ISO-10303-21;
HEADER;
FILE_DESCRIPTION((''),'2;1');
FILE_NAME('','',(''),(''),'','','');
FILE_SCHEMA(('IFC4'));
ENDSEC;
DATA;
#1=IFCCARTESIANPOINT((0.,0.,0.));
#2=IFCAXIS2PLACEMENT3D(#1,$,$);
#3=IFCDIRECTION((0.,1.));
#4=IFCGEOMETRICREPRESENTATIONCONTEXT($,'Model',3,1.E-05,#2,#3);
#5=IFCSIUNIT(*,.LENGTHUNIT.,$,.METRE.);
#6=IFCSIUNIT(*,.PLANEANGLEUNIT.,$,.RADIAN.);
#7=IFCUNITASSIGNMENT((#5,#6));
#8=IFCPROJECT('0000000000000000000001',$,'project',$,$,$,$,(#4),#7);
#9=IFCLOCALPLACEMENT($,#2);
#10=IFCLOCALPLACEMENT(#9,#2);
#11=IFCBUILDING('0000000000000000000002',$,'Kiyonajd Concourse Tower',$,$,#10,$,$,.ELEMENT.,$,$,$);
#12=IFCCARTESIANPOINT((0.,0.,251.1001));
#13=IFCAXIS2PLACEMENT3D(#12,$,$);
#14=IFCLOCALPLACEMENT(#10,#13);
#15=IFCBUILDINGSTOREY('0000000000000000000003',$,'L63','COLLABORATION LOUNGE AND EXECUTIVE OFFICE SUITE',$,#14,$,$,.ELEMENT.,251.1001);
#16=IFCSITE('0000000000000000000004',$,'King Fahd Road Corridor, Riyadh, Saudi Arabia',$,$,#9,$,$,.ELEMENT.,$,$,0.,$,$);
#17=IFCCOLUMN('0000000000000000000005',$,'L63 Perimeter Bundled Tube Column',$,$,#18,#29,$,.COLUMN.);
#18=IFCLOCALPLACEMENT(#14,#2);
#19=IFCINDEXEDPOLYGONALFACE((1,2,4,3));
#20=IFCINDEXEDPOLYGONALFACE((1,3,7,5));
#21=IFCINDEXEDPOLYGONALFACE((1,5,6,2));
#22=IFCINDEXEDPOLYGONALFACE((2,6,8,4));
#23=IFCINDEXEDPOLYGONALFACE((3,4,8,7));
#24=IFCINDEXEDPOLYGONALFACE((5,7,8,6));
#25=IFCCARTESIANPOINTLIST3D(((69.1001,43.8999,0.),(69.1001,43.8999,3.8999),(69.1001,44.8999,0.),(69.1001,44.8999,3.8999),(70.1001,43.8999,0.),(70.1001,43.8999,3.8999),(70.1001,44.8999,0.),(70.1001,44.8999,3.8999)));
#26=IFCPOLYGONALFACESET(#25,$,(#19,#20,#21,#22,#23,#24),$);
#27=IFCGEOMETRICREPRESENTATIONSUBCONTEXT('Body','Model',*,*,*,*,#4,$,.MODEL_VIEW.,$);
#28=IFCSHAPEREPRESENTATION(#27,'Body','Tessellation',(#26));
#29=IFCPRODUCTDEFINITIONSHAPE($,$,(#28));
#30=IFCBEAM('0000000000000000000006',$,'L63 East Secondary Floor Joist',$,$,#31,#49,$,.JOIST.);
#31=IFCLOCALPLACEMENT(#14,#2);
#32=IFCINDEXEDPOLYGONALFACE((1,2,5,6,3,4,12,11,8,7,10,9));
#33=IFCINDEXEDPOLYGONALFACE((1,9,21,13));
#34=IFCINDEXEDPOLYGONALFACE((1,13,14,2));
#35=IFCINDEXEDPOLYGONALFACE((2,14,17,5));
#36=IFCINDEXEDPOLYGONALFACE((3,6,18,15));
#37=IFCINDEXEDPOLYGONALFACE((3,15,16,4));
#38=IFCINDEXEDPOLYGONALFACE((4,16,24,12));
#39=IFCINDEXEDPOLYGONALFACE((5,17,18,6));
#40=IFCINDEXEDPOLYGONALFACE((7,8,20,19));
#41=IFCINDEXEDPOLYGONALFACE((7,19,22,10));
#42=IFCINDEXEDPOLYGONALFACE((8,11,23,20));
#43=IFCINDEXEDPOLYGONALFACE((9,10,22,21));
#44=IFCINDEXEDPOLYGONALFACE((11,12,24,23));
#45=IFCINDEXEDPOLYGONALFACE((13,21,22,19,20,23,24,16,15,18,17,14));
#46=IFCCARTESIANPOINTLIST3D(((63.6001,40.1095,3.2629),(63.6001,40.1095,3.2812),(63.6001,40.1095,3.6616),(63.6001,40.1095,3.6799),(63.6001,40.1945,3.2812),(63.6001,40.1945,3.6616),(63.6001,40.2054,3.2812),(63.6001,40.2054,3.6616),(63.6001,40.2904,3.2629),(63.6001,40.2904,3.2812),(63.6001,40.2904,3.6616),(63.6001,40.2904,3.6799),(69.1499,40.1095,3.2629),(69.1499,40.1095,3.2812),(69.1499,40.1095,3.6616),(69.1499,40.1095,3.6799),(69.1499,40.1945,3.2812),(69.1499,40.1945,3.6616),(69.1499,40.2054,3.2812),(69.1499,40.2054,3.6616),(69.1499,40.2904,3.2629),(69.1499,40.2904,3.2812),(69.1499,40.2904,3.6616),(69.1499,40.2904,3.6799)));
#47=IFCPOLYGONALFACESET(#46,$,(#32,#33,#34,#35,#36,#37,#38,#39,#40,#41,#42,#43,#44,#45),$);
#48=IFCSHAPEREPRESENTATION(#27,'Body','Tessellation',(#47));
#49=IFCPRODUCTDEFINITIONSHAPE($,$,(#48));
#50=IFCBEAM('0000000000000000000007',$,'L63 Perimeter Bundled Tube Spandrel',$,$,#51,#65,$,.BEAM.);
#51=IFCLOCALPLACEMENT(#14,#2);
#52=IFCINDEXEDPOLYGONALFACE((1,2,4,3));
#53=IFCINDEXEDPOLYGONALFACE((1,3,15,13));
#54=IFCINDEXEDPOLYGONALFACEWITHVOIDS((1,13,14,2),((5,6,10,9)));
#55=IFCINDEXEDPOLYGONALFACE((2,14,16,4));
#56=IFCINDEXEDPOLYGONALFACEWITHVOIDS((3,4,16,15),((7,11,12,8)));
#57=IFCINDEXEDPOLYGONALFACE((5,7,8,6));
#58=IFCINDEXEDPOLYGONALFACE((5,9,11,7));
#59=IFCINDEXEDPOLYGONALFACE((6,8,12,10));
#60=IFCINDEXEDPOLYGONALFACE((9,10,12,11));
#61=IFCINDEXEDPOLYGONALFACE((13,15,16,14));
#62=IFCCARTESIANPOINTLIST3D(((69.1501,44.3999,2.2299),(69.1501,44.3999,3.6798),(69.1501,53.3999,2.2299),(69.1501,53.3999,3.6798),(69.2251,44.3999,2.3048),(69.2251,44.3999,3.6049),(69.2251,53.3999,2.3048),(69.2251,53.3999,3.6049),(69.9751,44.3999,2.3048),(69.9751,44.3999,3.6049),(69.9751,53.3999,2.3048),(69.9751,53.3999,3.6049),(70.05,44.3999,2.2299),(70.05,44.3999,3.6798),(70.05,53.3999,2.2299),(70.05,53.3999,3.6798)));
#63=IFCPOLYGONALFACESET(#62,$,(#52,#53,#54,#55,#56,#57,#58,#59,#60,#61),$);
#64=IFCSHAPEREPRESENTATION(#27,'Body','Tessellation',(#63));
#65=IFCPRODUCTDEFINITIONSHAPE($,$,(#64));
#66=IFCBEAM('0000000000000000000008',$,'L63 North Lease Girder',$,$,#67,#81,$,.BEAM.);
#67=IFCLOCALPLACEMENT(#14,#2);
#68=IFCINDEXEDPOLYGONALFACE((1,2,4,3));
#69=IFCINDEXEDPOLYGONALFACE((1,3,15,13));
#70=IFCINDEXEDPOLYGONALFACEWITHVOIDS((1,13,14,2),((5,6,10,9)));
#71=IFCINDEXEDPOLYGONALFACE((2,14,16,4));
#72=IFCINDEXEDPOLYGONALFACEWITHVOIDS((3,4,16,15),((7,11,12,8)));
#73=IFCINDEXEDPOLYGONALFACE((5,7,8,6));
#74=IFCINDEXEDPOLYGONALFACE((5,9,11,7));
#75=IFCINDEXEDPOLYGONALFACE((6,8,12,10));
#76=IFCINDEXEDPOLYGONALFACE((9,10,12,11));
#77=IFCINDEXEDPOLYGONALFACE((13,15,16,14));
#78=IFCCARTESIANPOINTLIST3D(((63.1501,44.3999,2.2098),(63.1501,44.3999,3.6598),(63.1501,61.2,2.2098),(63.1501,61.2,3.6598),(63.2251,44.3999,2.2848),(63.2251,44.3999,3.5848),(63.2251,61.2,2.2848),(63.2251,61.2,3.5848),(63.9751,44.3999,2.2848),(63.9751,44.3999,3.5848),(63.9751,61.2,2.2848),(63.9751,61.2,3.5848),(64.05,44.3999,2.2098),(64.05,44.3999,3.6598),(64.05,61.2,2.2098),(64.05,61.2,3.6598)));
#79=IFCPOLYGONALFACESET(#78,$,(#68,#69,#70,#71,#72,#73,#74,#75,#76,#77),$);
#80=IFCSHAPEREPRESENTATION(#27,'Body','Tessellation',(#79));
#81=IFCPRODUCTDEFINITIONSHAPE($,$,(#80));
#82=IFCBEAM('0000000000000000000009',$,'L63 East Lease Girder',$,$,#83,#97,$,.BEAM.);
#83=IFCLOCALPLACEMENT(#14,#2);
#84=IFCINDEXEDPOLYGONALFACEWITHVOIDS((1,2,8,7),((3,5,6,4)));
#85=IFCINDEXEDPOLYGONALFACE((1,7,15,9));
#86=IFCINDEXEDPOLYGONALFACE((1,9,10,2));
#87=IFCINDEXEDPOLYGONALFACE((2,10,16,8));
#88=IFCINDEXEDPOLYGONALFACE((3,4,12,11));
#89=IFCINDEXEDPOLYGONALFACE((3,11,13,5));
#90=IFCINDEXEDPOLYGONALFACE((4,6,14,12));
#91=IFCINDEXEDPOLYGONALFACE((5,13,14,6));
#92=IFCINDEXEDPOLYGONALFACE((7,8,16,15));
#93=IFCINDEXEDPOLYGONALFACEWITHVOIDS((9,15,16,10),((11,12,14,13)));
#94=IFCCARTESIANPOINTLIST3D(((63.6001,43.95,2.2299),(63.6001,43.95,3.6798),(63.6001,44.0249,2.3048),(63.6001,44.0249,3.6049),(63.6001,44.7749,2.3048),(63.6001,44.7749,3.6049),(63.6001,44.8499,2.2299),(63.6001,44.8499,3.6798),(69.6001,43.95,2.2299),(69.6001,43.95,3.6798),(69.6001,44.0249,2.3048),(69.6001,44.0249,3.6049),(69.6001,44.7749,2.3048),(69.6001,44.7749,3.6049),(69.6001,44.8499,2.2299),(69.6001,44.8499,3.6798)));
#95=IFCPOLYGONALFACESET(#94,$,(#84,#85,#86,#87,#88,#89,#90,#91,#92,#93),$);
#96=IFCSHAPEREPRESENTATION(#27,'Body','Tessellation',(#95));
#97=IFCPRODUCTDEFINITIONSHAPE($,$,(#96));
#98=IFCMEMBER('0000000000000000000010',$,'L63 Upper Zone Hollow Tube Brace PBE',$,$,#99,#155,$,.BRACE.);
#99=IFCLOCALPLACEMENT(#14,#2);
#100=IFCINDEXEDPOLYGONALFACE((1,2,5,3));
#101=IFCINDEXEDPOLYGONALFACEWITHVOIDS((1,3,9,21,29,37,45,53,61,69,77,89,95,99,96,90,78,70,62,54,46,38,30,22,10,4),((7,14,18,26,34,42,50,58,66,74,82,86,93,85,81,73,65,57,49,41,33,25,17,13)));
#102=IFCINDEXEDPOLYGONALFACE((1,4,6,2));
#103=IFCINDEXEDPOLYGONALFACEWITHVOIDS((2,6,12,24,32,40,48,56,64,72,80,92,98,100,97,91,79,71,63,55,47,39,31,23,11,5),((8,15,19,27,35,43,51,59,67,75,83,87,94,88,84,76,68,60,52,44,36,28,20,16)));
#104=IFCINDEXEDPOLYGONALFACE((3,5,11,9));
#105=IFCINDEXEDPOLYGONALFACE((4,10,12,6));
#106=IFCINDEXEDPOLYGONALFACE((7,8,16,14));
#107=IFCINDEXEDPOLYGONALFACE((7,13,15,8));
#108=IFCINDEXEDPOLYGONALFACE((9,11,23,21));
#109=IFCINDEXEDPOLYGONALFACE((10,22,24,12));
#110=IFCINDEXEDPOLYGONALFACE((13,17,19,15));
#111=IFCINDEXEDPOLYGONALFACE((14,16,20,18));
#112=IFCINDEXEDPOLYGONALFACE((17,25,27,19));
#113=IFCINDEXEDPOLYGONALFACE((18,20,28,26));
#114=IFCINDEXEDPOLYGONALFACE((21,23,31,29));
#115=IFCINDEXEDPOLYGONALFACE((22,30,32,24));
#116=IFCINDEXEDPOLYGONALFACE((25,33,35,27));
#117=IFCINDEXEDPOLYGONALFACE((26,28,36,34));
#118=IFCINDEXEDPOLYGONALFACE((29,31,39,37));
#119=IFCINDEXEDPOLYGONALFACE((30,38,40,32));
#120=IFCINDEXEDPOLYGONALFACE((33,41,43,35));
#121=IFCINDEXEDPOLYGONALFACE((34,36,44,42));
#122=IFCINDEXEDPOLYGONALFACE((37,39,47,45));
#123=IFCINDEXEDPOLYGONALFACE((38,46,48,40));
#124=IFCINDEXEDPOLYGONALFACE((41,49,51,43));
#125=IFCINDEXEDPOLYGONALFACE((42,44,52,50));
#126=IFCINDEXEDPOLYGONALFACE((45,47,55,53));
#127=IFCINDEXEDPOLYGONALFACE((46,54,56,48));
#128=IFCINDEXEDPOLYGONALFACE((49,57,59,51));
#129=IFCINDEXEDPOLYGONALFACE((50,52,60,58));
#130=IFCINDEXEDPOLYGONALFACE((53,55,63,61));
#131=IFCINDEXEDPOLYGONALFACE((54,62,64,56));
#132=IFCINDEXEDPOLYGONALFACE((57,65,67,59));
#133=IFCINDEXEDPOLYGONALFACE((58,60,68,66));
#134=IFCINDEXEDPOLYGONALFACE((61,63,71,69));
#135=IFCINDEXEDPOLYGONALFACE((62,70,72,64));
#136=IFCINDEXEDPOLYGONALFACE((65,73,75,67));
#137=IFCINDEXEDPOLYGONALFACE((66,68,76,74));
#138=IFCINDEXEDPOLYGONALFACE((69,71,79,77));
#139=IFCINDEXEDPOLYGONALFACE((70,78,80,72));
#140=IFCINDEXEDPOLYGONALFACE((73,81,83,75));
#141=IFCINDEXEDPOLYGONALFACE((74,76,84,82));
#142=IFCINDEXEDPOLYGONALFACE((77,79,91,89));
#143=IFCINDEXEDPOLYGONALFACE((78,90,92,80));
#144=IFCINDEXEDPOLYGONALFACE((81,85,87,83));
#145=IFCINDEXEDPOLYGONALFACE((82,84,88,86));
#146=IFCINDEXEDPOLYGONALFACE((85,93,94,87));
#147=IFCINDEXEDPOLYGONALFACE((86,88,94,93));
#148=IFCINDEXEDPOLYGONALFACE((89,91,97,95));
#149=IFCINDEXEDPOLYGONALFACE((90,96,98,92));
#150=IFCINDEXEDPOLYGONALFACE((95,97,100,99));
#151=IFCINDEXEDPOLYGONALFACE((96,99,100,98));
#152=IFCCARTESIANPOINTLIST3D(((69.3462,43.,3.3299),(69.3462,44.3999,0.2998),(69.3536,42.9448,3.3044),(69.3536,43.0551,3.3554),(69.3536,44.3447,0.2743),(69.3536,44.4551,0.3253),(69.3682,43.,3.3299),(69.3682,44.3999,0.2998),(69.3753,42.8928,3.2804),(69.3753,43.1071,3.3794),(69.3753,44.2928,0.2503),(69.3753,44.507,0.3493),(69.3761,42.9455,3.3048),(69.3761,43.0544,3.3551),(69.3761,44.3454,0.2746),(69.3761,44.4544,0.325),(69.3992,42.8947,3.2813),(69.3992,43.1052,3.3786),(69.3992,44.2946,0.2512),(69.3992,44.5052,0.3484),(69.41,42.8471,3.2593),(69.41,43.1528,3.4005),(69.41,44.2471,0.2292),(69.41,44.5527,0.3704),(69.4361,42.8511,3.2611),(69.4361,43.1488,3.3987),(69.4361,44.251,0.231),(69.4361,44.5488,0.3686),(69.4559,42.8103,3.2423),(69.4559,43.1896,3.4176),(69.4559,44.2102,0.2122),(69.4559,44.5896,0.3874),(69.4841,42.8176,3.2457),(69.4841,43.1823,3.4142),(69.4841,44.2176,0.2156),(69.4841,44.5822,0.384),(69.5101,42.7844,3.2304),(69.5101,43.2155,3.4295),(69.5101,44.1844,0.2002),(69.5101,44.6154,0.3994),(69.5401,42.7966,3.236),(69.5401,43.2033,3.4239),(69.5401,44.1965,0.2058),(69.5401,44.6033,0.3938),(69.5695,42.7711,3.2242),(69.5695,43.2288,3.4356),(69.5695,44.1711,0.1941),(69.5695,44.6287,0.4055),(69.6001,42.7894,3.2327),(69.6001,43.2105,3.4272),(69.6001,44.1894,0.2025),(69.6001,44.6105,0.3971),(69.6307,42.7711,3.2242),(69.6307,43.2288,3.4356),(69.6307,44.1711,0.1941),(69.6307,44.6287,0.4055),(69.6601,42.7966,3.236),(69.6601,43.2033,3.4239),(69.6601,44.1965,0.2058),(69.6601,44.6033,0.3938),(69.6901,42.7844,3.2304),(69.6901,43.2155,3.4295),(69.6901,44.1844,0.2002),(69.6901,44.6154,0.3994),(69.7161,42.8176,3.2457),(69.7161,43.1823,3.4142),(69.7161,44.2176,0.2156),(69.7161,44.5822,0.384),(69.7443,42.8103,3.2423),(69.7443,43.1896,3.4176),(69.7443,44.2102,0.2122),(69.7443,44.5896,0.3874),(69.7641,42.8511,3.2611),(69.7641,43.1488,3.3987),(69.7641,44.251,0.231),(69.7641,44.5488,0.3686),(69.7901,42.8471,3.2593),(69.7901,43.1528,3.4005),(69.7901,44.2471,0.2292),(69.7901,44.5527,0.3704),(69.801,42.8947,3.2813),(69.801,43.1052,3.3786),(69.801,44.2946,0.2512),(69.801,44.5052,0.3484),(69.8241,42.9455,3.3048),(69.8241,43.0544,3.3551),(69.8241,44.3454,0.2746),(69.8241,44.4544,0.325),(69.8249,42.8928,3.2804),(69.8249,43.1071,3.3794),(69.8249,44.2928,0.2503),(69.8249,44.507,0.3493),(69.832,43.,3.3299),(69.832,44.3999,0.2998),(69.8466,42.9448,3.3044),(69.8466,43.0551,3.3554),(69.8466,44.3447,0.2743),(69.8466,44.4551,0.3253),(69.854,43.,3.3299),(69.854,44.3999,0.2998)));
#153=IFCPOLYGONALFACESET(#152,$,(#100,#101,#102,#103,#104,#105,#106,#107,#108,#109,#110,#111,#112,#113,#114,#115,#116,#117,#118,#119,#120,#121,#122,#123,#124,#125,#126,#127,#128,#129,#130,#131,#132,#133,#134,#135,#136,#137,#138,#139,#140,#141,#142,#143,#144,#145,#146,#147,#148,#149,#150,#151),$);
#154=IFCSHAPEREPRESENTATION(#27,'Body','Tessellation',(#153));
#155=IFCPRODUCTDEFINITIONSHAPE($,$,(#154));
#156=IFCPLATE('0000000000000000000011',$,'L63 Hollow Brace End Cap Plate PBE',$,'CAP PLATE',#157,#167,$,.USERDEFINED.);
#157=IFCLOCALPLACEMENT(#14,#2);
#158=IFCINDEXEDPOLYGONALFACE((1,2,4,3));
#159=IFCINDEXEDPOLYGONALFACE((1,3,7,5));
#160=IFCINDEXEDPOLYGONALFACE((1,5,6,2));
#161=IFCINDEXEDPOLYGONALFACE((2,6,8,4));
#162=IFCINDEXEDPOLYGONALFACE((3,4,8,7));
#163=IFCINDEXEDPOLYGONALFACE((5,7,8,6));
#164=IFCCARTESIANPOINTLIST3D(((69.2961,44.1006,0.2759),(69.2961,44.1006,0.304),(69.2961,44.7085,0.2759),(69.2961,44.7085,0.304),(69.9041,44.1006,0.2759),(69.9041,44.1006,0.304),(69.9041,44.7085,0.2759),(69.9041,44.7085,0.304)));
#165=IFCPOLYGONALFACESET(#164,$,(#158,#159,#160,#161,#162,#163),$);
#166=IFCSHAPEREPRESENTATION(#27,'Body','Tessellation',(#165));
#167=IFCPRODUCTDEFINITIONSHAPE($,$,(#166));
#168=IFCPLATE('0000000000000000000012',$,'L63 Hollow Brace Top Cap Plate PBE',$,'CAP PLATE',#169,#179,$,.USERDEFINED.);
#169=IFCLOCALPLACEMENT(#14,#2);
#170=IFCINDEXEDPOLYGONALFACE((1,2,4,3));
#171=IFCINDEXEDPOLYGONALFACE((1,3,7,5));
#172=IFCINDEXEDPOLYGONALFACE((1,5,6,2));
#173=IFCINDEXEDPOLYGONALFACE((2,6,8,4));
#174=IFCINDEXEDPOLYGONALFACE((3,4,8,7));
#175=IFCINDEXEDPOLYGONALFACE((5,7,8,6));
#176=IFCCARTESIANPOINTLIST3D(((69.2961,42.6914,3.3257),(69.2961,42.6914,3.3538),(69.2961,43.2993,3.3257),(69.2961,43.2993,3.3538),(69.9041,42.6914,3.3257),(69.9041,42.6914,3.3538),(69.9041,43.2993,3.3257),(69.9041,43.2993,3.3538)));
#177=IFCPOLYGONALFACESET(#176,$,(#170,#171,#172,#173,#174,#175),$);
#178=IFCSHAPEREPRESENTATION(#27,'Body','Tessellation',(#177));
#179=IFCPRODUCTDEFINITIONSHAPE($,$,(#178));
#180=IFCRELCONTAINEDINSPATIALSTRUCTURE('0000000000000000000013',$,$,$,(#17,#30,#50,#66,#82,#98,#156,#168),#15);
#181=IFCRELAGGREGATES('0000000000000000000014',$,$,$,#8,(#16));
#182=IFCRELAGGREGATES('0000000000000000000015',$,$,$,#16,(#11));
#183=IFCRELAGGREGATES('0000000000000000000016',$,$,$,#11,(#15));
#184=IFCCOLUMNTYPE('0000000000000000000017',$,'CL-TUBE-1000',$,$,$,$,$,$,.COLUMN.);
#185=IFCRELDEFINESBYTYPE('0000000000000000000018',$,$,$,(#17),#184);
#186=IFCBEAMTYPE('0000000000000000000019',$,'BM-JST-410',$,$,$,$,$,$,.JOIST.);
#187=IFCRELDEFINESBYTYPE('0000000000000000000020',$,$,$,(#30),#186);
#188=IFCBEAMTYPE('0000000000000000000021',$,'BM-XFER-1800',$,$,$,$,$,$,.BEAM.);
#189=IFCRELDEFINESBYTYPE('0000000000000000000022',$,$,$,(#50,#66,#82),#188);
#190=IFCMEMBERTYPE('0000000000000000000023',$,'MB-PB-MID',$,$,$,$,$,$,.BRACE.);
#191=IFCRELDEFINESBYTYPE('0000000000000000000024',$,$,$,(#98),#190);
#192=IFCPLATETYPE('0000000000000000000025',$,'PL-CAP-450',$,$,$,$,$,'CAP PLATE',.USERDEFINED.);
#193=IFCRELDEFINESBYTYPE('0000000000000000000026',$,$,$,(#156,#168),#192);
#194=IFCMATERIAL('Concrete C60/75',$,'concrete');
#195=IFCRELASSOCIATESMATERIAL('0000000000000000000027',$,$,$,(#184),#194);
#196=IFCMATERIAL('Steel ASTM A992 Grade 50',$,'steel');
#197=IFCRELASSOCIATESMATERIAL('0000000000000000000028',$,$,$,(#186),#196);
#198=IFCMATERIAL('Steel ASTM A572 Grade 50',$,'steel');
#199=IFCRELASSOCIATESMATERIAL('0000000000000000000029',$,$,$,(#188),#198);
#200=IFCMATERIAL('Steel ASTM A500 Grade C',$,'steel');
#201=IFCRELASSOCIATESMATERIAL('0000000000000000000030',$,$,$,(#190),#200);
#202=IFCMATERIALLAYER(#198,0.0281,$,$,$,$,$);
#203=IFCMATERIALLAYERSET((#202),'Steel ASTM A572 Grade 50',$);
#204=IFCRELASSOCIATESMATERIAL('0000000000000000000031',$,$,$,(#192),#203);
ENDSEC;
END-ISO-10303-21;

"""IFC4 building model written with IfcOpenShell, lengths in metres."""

from ifc_helpers import new_model, si_unit, direction, frame, origin, origin_2d, place, context, subcontext, project, spatial, rectangle, hollow_rectangle, hollow_circle, i_section, extrude, material, layer, layer_set, material_profile, profile_set, type_object, element, save


model = new_model("IFC4")

# Units and contexts
model_context = context("Model", 3, precision=1e-05, world=origin(), true_north=direction((0.0, 1.0)))
body_context = subcontext(model_context, "Body", "Model", "MODEL_VIEW")
ifc_project = project(units=[si_unit("LENGTHUNIT", "METRE"), si_unit("PLANEANGLEUNIT", "RADIAN")], contexts=[model_context])

# Site, building, storey
site_placement = place(None, origin())
site = spatial("IfcSite", under=ifc_project, at=site_placement, Name="King Fahd Road Corridor, Riyadh, Saudi Arabia", CompositionType="ELEMENT", RefElevation=0.0)
building_placement = place(site_placement, origin())
building = spatial("IfcBuilding", under=site, at=building_placement, Name="Kiyonajd Concourse Tower", CompositionType="ELEMENT")
storey_placement = place(building_placement, frame((0.0, 0.0, 251.1001)))
storey = spatial("IfcBuildingStorey", under=building, at=storey_placement, Name="L63", Description="COLLABORATION LOUNGE AND EXECUTIVE OFFICE SUITE", CompositionType="ELEMENT", Elevation=251.1001)

# Column
ifc_material_1 = material(Name="Concrete C60/75", Category="concrete")
ifc_material_profile_1 = material_profile(ifc_material_1, rectangle(XDim=1.0, YDim=1.0, at=origin_2d()), Name="RC-1000x1000")
ifc_profile_set_1 = profile_set([ifc_material_profile_1], Name="Concrete C60/75")
column_type = type_object("IfcColumnType", Name="CL-TUBE-1000", PredefinedType="COLUMN", material=ifc_profile_set_1)
column_placement = place(storey_placement, frame((69.6001, 44.3999, 0.0), z_axis=(0.0, 0.0, 1.0), x_axis=(1.0, 0.0, 0.0)))
element("IfcColumn", 1, at=column_placement, inside=storey, type_object=column_type, Name="L63 Perimeter Bundled Tube Column", PredefinedType="COLUMN", context=body_context, shape_type="SweptSolid", body=[
    extrude(rectangle(XDim=1.0, YDim=1.0, at=origin_2d()), origin(), (0.0, 0.0, 1.0), 3.8999),
])

# Beams
ifc_material_2 = material(Name="Steel ASTM A992 Grade 50", Category="steel")
ifc_material_profile_2 = material_profile(ifc_material_2, i_section(OverallWidth=0.1809, OverallDepth=0.417, WebThickness=0.011, FlangeThickness=0.0183, at=origin_2d()), Name="W410X85")
ifc_profile_set_2 = profile_set([ifc_material_profile_2], Name="Steel ASTM A992 Grade 50")
beam_type_1 = type_object("IfcBeamType", Name="BM-JST-410", PredefinedType="JOIST", material=ifc_profile_set_2)
beam_1_placement = place(storey_placement, frame((63.6001, 40.2, 3.4714), z_axis=(1.0, 0.0, 0.0), x_axis=(0.0, 1.0, 0.0)))
element("IfcBeam", 2, at=beam_1_placement, inside=storey, type_object=beam_type_1, Name="L63 East Secondary Floor Joist", PredefinedType="JOIST", context=body_context, shape_type="SweptSolid", body=[
    extrude(i_section(OverallWidth=0.1809, OverallDepth=0.417, WebThickness=0.011, FlangeThickness=0.0183, at=origin_2d()), origin(), (0.0, 0.0, 1.0), 5.5498),
])
ifc_material_3 = material(Name="Steel ASTM A572 Grade 50", Category="steel")
ifc_material_profile_3 = material_profile(ifc_material_3, hollow_rectangle(XDim=0.8999, YDim=1.45, WallThickness=0.075, at=origin_2d()), Name="BOX-1450x900x75")
ifc_profile_set_3 = profile_set([ifc_material_profile_3], Name="Steel ASTM A572 Grade 50")
beam_type_2 = type_object("IfcBeamType", Name="BM-XFER-1800", PredefinedType="BEAM", material=ifc_profile_set_3)
beam_2_placement = place(storey_placement, frame((69.6001, 44.3999, 2.9548), z_axis=(0.0, 1.0, 0.0), x_axis=(-1.0, 0.0, 0.0)))
element("IfcBeam", 3, at=beam_2_placement, inside=storey, type_object=beam_type_2, Name="L63 Perimeter Bundled Tube Spandrel", PredefinedType="BEAM", context=body_context, shape_type="SweptSolid", body=[
    extrude(hollow_rectangle(XDim=0.8999, YDim=1.45, WallThickness=0.075, at=origin_2d()), origin(), (0.0, 0.0, 1.0), 9.0),
])
beam_3_placement = place(storey_placement, frame((63.6001, 44.3999, 2.9348), z_axis=(0.0, 1.0, 0.0), x_axis=(-1.0, 0.0, 0.0)))
element("IfcBeam", 4, at=beam_3_placement, inside=storey, type_object=beam_type_2, Name="L63 North Lease Girder", PredefinedType="BEAM", context=body_context, shape_type="SweptSolid", body=[
    extrude(hollow_rectangle(XDim=0.8999, YDim=1.45, WallThickness=0.075, at=origin_2d()), origin(), (0.0, 0.0, 1.0), 16.8),
])
beam_4_placement = place(storey_placement, frame((63.6001, 44.3999, 2.9548), z_axis=(1.0, 0.0, 0.0), x_axis=(0.0, 1.0, 0.0)))
element("IfcBeam", 5, at=beam_4_placement, inside=storey, type_object=beam_type_2, Name="L63 East Lease Girder", PredefinedType="BEAM", context=body_context, shape_type="SweptSolid", body=[
    extrude(hollow_rectangle(XDim=0.8999, YDim=1.45, WallThickness=0.075, at=origin_2d()), origin(), (0.0, 0.0, 1.0), 6.0),
])

# Member
ifc_material_4 = material(Name="Steel ASTM A500 Grade C", Category="steel")
ifc_material_profile_4 = material_profile(ifc_material_4, hollow_circle(Radius=0.2539, WallThickness=0.022, at=origin_2d()), Name="CHS-508x22")
ifc_profile_set_4 = profile_set([ifc_material_profile_4], Name="Steel ASTM A500 Grade C")
member_type = type_object("IfcMemberType", Name="MB-PB-MID", PredefinedType="BRACE", material=ifc_profile_set_4)
member_placement = place(storey_placement, frame((69.6001, 44.3999, 0.2998), z_axis=(0.0, -0.419411, 0.907797), x_axis=(1.0, 0.0, 0.0)))
element("IfcMember", 6, at=member_placement, inside=storey, type_object=member_type, Name="L63 Upper Zone Hollow Tube Brace PBE", PredefinedType="BRACE", context=body_context, shape_type="SweptSolid", body=[
    extrude(hollow_circle(Radius=0.2539, WallThickness=0.022, at=origin_2d()), origin(), (0.0, 0.0, 1.0), 3.3379),
])

# Plates
ifc_layer_1 = layer(ifc_material_3, 0.0281)
ifc_layer_set_1 = layer_set([ifc_layer_1], Name="Steel ASTM A572 Grade 50")
plate_type_1 = type_object("IfcPlateType", Name="PL-CAP-450", ElementType="CAP PLATE", PredefinedType="USERDEFINED", material=ifc_layer_set_1)
for number, where, z_axis, x_axis, name in (
    (7, (69.6001, 44.4045, 0.2759), (0.0, 0.0, 1.0), (1.0, 0.0, 0.0), "L63 Hollow Brace End Cap Plate PBE"),
    (8, (69.6001, 42.9954, 3.3257), (0.0, 0.0, 1.0), (1.0, 0.0, 0.0), "L63 Hollow Brace Top Cap Plate PBE"),
):
    element("IfcPlate", number, at=place(storey_placement, frame(where, z_axis=z_axis, x_axis=x_axis)), inside=storey, type_object=plate_type_1, Name=name, ObjectType="CAP PLATE", PredefinedType="USERDEFINED", context=body_context, shape_type="SweptSolid", body=[
        extrude(rectangle(XDim=0.6079, YDim=0.6079, at=origin_2d()), origin(), (0.0, 0.0, 1.0), 0.0281),
    ])

save(model, "model.ifc")
